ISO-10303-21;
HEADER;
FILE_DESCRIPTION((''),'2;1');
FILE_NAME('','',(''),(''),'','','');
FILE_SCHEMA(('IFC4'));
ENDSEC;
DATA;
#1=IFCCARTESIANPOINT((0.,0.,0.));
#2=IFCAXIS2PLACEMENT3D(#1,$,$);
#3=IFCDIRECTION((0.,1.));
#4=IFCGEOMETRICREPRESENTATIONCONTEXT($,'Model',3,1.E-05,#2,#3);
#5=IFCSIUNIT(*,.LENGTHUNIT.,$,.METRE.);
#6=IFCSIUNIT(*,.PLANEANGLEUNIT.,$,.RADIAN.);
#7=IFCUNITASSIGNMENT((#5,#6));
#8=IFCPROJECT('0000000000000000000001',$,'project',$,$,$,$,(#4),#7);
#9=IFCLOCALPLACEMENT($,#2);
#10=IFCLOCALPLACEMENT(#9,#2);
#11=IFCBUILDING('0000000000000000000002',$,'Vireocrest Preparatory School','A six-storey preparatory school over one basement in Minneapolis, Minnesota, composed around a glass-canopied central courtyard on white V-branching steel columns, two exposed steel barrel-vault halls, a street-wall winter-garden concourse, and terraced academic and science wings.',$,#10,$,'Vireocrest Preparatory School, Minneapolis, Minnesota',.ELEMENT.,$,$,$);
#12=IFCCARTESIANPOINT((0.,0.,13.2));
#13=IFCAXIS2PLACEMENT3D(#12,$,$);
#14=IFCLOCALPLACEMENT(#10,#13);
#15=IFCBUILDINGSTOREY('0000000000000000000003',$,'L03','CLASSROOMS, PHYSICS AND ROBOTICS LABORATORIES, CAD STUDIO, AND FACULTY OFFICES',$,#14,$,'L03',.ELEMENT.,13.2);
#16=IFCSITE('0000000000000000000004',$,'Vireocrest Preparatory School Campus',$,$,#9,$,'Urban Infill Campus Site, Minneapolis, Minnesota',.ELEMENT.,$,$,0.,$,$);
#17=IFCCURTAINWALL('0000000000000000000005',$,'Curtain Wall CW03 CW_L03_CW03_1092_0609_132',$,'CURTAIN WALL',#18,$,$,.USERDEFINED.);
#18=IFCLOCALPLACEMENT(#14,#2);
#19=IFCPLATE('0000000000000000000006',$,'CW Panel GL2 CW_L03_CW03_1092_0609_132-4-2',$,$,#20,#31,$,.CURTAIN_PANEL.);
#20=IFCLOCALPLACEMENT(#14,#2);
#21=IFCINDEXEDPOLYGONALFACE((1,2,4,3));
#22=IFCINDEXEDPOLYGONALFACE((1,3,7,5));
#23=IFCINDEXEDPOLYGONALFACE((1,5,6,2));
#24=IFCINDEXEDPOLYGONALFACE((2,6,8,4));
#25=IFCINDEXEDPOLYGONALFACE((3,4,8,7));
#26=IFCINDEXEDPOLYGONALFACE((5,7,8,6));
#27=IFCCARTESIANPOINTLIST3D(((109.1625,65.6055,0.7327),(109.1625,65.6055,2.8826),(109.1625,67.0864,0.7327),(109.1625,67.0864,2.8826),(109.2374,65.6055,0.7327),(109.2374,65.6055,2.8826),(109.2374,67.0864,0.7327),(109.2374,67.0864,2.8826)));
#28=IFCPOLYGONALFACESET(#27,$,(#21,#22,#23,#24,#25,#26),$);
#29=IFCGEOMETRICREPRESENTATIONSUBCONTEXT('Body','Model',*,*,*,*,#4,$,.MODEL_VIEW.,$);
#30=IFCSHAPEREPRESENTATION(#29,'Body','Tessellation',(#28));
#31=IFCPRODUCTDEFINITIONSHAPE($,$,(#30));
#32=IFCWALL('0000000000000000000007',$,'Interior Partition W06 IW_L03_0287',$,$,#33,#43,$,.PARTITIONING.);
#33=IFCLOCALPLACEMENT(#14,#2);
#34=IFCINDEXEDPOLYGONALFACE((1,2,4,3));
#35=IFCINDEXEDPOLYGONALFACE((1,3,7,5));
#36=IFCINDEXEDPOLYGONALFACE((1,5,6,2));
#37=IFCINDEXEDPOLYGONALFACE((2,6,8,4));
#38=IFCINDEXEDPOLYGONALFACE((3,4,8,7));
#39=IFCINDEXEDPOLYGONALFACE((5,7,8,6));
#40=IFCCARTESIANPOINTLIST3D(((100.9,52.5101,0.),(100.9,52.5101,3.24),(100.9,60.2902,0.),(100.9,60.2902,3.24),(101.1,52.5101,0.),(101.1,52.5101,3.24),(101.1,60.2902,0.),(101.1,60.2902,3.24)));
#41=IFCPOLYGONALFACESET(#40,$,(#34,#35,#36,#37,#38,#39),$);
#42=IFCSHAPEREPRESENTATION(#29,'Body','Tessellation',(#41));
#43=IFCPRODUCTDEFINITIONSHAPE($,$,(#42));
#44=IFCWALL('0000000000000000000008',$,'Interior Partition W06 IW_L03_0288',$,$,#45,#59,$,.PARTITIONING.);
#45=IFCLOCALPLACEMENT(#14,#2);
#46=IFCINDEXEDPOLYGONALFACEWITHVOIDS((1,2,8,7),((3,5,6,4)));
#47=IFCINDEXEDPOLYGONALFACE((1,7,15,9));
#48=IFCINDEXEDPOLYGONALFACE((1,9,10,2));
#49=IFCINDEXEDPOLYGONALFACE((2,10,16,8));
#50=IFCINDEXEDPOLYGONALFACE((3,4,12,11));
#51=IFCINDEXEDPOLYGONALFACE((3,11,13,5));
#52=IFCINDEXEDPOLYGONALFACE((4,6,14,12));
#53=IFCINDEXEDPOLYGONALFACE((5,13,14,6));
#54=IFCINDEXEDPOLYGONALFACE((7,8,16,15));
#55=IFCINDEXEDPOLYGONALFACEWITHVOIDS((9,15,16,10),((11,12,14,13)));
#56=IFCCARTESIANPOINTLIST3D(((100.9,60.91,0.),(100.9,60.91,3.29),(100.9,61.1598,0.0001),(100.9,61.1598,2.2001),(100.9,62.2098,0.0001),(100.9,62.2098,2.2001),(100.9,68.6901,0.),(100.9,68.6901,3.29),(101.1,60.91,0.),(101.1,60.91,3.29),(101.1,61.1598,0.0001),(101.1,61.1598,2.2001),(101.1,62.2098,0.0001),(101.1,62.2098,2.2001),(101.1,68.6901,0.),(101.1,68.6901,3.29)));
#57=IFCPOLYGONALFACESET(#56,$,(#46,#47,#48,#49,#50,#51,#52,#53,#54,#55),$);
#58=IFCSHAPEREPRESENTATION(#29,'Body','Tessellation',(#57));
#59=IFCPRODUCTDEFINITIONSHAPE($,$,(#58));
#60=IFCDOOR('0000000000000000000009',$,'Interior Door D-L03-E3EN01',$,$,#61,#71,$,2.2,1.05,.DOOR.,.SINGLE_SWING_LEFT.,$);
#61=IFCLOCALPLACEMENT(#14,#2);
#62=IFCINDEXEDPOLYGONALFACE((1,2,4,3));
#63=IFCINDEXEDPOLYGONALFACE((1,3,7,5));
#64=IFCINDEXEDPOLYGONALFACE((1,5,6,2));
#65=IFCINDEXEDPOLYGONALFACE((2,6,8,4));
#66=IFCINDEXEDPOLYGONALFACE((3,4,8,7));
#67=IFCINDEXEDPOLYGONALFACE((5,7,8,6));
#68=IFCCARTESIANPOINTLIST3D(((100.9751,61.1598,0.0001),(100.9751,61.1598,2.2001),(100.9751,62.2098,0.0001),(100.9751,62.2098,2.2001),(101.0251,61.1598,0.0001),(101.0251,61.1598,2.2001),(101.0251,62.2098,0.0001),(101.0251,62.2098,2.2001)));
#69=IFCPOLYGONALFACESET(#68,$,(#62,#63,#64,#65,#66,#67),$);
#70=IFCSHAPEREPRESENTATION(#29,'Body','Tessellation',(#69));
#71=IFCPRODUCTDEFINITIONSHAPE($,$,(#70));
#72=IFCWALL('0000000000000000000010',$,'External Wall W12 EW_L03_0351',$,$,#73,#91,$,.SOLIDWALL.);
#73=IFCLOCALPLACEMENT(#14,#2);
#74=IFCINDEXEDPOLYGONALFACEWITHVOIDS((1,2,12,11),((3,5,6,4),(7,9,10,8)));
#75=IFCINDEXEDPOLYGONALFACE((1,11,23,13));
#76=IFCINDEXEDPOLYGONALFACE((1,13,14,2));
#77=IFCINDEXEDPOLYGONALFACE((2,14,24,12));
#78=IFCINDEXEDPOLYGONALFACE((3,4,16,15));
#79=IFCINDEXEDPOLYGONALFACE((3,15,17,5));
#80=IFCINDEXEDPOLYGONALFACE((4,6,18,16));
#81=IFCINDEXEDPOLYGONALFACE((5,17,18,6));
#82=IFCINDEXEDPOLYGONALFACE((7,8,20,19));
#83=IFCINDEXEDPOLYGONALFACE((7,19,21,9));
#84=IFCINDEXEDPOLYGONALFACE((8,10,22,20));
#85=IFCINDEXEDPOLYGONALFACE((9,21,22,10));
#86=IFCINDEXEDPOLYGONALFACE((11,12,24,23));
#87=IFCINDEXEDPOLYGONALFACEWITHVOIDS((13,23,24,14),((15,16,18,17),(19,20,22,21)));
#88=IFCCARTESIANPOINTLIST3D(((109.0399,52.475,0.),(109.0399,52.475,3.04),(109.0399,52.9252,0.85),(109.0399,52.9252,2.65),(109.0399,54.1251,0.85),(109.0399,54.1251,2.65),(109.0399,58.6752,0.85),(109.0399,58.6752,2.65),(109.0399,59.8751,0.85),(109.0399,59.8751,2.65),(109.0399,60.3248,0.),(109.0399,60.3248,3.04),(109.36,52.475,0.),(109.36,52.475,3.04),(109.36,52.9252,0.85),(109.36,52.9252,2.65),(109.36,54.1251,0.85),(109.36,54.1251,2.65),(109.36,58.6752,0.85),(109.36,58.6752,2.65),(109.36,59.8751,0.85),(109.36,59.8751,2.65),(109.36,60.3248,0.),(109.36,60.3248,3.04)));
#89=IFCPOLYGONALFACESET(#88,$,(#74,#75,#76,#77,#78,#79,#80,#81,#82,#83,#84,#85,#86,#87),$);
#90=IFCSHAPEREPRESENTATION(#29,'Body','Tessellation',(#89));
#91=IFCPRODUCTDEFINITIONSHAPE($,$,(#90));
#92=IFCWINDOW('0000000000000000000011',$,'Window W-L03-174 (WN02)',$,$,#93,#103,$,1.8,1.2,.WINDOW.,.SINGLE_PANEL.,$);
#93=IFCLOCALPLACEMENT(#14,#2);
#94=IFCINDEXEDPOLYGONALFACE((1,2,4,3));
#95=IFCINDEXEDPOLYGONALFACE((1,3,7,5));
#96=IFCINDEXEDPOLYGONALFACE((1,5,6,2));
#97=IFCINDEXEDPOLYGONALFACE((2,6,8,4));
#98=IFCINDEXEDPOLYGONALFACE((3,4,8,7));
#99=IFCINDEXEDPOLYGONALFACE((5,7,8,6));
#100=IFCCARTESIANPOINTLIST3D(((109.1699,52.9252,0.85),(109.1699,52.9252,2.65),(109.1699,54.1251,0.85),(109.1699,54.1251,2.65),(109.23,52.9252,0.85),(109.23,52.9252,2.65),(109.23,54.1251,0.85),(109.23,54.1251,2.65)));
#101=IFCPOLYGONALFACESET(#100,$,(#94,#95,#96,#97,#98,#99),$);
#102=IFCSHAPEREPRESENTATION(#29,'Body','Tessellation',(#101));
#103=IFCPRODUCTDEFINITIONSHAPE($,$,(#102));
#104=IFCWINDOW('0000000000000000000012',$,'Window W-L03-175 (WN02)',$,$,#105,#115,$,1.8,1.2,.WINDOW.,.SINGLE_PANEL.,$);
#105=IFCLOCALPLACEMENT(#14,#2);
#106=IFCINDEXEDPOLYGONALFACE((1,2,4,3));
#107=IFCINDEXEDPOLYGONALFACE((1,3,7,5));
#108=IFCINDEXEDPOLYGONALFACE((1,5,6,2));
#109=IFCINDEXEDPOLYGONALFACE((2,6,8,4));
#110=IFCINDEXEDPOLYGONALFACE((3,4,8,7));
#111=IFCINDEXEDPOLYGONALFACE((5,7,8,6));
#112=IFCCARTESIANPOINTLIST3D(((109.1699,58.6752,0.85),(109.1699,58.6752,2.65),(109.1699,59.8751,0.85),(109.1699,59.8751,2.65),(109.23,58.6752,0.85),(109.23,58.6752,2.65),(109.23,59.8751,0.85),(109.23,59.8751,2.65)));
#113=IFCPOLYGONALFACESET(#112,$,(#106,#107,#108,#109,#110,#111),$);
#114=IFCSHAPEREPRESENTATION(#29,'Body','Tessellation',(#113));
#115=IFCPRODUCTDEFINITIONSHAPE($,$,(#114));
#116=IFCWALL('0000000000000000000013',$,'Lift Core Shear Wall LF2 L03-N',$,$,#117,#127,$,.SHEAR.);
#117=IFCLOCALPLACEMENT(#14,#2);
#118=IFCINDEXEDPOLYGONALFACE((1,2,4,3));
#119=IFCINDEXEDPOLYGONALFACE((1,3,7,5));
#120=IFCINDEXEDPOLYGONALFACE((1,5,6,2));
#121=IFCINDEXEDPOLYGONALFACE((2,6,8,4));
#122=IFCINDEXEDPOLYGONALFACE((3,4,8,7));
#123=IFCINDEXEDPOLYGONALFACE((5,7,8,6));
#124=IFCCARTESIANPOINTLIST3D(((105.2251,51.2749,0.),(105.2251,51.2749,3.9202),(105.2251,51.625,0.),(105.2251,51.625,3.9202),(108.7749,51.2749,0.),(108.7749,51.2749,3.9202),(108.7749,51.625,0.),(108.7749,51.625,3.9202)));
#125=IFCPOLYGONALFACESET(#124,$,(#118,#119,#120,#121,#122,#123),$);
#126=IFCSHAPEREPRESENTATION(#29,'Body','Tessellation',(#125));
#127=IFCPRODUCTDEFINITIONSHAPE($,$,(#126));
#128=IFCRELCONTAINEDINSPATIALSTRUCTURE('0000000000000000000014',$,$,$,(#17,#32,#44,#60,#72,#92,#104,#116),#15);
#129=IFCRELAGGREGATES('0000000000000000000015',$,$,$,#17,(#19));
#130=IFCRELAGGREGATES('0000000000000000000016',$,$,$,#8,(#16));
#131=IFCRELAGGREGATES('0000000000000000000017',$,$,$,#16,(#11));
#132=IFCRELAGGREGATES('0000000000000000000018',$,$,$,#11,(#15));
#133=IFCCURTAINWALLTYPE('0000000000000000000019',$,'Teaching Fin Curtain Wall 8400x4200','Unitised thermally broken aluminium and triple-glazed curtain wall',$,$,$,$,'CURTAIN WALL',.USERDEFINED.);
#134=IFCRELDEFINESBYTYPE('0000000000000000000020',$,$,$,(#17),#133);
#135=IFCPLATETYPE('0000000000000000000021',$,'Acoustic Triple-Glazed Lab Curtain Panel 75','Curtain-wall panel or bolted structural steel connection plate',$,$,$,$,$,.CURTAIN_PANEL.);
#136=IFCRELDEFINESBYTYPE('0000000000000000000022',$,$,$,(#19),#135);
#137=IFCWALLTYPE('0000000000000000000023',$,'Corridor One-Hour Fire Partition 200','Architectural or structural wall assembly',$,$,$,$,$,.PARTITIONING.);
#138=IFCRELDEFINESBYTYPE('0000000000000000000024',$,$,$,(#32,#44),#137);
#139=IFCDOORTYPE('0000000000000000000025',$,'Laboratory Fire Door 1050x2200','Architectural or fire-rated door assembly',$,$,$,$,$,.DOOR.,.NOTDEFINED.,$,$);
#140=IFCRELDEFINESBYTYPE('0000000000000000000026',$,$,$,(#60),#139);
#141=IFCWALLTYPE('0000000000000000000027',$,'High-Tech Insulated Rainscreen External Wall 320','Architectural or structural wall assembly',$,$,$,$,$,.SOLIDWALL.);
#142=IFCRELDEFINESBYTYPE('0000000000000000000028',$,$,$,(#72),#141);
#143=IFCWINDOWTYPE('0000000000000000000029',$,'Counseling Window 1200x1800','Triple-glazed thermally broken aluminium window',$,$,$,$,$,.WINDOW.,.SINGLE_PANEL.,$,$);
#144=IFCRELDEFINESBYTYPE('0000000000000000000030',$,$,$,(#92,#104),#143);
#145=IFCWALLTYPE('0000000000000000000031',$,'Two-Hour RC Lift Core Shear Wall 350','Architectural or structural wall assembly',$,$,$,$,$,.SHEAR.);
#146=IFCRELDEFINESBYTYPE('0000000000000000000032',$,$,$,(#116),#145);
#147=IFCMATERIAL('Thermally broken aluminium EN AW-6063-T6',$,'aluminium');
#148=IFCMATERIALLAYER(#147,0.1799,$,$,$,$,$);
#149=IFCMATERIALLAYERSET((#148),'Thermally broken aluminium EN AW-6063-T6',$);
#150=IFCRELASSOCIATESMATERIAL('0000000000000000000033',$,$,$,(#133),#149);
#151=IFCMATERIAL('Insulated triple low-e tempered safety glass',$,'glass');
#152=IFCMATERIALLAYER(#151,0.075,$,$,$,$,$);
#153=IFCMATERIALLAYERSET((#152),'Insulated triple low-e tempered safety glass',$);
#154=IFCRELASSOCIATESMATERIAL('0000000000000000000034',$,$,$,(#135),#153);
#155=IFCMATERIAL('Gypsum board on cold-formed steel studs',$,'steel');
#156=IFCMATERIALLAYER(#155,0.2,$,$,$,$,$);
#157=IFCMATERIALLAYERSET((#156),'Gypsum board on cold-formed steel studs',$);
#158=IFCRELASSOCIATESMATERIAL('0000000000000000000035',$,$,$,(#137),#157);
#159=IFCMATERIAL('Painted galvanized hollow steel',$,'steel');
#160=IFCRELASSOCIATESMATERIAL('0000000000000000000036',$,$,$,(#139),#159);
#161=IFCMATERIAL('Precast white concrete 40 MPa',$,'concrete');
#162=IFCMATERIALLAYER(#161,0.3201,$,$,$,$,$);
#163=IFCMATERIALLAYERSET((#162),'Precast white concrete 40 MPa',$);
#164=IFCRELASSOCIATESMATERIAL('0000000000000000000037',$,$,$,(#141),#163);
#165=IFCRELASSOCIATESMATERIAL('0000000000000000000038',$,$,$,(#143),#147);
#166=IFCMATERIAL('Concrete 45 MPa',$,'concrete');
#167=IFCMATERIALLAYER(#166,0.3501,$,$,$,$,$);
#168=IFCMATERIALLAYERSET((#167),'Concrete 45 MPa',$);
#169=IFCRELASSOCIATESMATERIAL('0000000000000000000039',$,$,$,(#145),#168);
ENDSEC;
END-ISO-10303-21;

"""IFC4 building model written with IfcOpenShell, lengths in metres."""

from ifc_helpers import new_model, si_unit, direction, frame, frame_2d, origin, origin_2d, place, context, subcontext, project, spatial, rectangle, extrude, material, layer, layer_set, type_object, element, fill, aggregate, save


model = new_model("IFC4")

# Units and contexts
model_context = context("Model", 3, precision=1e-05, world=origin(), true_north=direction((0.0, 1.0)))
body_context = subcontext(model_context, "Body", "Model", "MODEL_VIEW")
ifc_project = project(units=[si_unit("LENGTHUNIT", "METRE"), si_unit("PLANEANGLEUNIT", "RADIAN")], contexts=[model_context])

# Site, building, storey
site_placement = place(None, origin())
site = spatial("IfcSite", under=ifc_project, at=site_placement, Name="Vireocrest Preparatory School Campus", LongName="Urban Infill Campus Site, Minneapolis, Minnesota", CompositionType="ELEMENT", RefElevation=0.0)
building_placement = place(site_placement, origin())
building = spatial("IfcBuilding", under=site, at=building_placement, Name="Vireocrest Preparatory School", Description="A six-storey preparatory school over one basement in Minneapolis, Minnesota, composed around a glass-canopied central courtyard on white V-branching steel columns, two exposed steel barrel-vault halls, a street-wall winter-garden concourse, and terraced academic and science wings.", LongName="Vireocrest Preparatory School, Minneapolis, Minnesota", CompositionType="ELEMENT")
storey_placement = place(building_placement, frame((0.0, 0.0, 13.2)))
storey = spatial("IfcBuildingStorey", under=building, at=storey_placement, Name="L03", Description="CLASSROOMS, PHYSICS AND ROBOTICS LABORATORIES, CAD STUDIO, AND FACULTY OFFICES", LongName="L03", CompositionType="ELEMENT", Elevation=13.2)

# Shared definitions
ifc_material_1 = material(Name="Concrete 45 MPa", Category="concrete")

# Shared definitions
ifc_material_2 = material(Name="Thermally broken aluminium EN AW-6063-T6", Category="aluminium")
ifc_layer_1 = layer(ifc_material_2, 0.1799)
ifc_layer_set_1 = layer_set([ifc_layer_1], Name="Thermally broken aluminium EN AW-6063-T6")
curtain_wall_type = type_object("IfcCurtainWallType", Name="Teaching Fin Curtain Wall 8400x4200", Description="Unitised thermally broken aluminium and triple-glazed curtain wall", ElementType="CURTAIN WALL", PredefinedType="USERDEFINED", material=ifc_layer_set_1)

# Curtain wall
curtain_wall_1_placement = place(storey_placement, origin())
curtain_wall_1 = element("IfcCurtainWall", 1, at=curtain_wall_1_placement, inside=storey, type_object=curtain_wall_type, Name="Curtain Wall CW03 CW_L03_CW03_1092_0609_132", ObjectType="CURTAIN WALL", PredefinedType="USERDEFINED")

# Plate
ifc_material_3 = material(Name="Insulated triple low-e tempered safety glass", Category="glass")
ifc_layer_2 = layer(ifc_material_3, 0.075)
ifc_layer_set_2 = layer_set([ifc_layer_2], Name="Insulated triple low-e tempered safety glass")
plate_type = type_object("IfcPlateType", Name="Acoustic Triple-Glazed Lab Curtain Panel 75", Description="Curtain-wall panel or bolted structural steel connection plate", PredefinedType="CURTAIN_PANEL", material=ifc_layer_set_2)
plate_1_placement = place(storey_placement, frame((109.2, 66.3459, 0.7327), z_axis=(0.0, 0.0, 1.0), x_axis=(0.0, 1.0, 0.0)))
plate_1 = element("IfcPlate", 2, at=plate_1_placement, type_object=plate_type, Name="CW Panel GL2 CW_L03_CW03_1092_0609_132-4-2", PredefinedType="CURTAIN_PANEL", context=body_context, shape_type="SweptSolid", body=[
    extrude(rectangle(XDim=1.481, YDim=0.075, at=origin_2d()), origin(), (0.0, 0.0, 1.0), 2.1499),
])
aggregate(curtain_wall_1, [plate_1])

# Wall
ifc_material_4 = material(Name="Gypsum board on cold-formed steel studs", Category="steel")
ifc_layer_3 = layer(ifc_material_4, 0.2)
ifc_layer_set_3 = layer_set([ifc_layer_3], Name="Gypsum board on cold-formed steel studs")
wall_type_1 = type_object("IfcWallType", Name="Corridor One-Hour Fire Partition 200", Description="Architectural or structural wall assembly", PredefinedType="PARTITIONING", material=ifc_layer_set_3)
wall_1_placement = place(storey_placement, frame((101.0, 52.51, 0.0), z_axis=(0.0, 0.0, 1.0), x_axis=(0.0, 1.0, 0.0)))
element("IfcWall", 3, at=wall_1_placement, inside=storey, type_object=wall_type_1, Name="Interior Partition W06 IW_L03_0287", PredefinedType="PARTITIONING", context=body_context, shape_type="SweptSolid", body=[
    extrude(rectangle(XDim=7.78, YDim=0.2, at=frame_2d((3.8901, 0.0))), origin(), (0.0, 0.0, 1.0), 3.24),
])

# Wall, opening, door
wall_2_placement = place(storey_placement, frame((101.0, 60.9099, 0.0), z_axis=(0.0, 0.0, 1.0), x_axis=(0.0, 1.0, 0.0)))
wall_2 = element("IfcWall", 4, at=wall_2_placement, inside=storey, type_object=wall_type_1, Name="Interior Partition W06 IW_L03_0288", PredefinedType="PARTITIONING", context=body_context, shape_type="SweptSolid", body=[
    extrude(rectangle(XDim=7.78, YDim=0.2, at=frame_2d((3.8901, 0.0))), origin(), (0.0, 0.0, 1.0), 3.29),
])
opening_1_placement = place(wall_2_placement, frame((0.25, 0.0, 0.0)))
opening_1 = element("IfcOpeningElement", 5, at=opening_1_placement, cuts=wall_2, PredefinedType="OPENING", context=body_context, shape_type="SweptSolid", body=[
    extrude(rectangle(XDim=1.05, YDim=2.2, at=frame_2d((0.5249, 1.1001))), frame((0.0, 0.1099, 0.0), z_axis=(0.0, -1.0, 0.0), x_axis=(1.0, 0.0, 0.0)), (0.0, 0.0, 1.0), 0.22),
])
ifc_material_5 = material(Name="Painted galvanized hollow steel", Category="steel")
door_type = type_object("IfcDoorType", Name="Laboratory Fire Door 1050x2200", Description="Architectural or fire-rated door assembly", OperationType="NOTDEFINED", PredefinedType="DOOR", material=ifc_material_5)
door_placement = place(opening_1_placement, origin())
door = element("IfcDoor", 6, at=door_placement, inside=storey, type_object=door_type, Name="Interior Door D-L03-E3EN01", OperationType="SINGLE_SWING_LEFT", OverallHeight=2.2, OverallWidth=1.05, PredefinedType="DOOR", context=body_context, shape_type="SweptSolid", body=[
    extrude(rectangle(XDim=1.05, YDim=2.2, at=frame_2d((0.5249, 1.1001))), frame((0.0, 0.0249, 0.0), z_axis=(0.0, -1.0, 0.0), x_axis=(1.0, 0.0, 0.0)), (0.0, 0.0, 1.0), 0.05),
])
fill(opening_1, door)

# Wall, openings, windows
ifc_material_6 = material(Name="Precast white concrete 40 MPa", Category="concrete")
ifc_layer_4 = layer(ifc_material_6, 0.3201)
ifc_layer_set_4 = layer_set([ifc_layer_4], Name="Precast white concrete 40 MPa")
wall_type_2 = type_object("IfcWallType", Name="High-Tech Insulated Rainscreen External Wall 320", Description="Architectural or structural wall assembly", PredefinedType="SOLIDWALL", material=ifc_layer_set_4)
wall_3_placement = place(storey_placement, frame((109.2, 52.4751, 0.0), z_axis=(0.0, 0.0, 1.0), x_axis=(0.0, 1.0, 0.0)))
wall_3 = element("IfcWall", 7, at=wall_3_placement, inside=storey, type_object=wall_type_2, Name="External Wall W12 EW_L03_0351", PredefinedType="SOLIDWALL", context=body_context, shape_type="SweptSolid", body=[
    extrude(rectangle(XDim=7.8499, YDim=0.3201, at=frame_2d((3.9248, 0.0))), origin(), (0.0, 0.0, 1.0), 3.04),
])
opening_2_placement = place(wall_3_placement, frame((0.45, 0.0, 0.8501)))
opening_2 = element("IfcOpeningElement", 8, at=opening_2_placement, cuts=wall_3, PredefinedType="OPENING", context=body_context, shape_type="SweptSolid", body=[
    extrude(rectangle(XDim=1.2, YDim=1.8, at=frame_2d((0.6001, 0.8999))), frame((0.0, 0.1699, 0.0), z_axis=(0.0, -1.0, 0.0), x_axis=(1.0, 0.0, 0.0)), (0.0, 0.0, 1.0), 0.3401),
])
opening_3_placement = place(wall_3_placement, frame((6.2, 0.0, 0.8501)))
opening_3 = element("IfcOpeningElement", 9, at=opening_3_placement, cuts=wall_3, PredefinedType="OPENING", context=body_context, shape_type="SweptSolid", body=[
    extrude(rectangle(XDim=1.2, YDim=1.8, at=frame_2d((0.6001, 0.8999))), frame((0.0, 0.1699, 0.0), z_axis=(0.0, -1.0, 0.0), x_axis=(1.0, 0.0, 0.0)), (0.0, 0.0, 1.0), 0.3401),
])
window_type = type_object("IfcWindowType", Name="Counseling Window 1200x1800", Description="Triple-glazed thermally broken aluminium window", PartitioningType="SINGLE_PANEL", PredefinedType="WINDOW", material=ifc_material_2)
window_1_placement = place(opening_2_placement, origin())
window_1 = element("IfcWindow", 10, at=window_1_placement, inside=storey, type_object=window_type, Name="Window W-L03-174 (WN02)", OverallHeight=1.8, OverallWidth=1.2, PartitioningType="SINGLE_PANEL", PredefinedType="WINDOW", context=body_context, shape_type="SweptSolid", body=[
    extrude(rectangle(XDim=1.2, YDim=1.8, at=frame_2d((0.6001, 0.8999))), frame((0.0, 0.03, 0.0), z_axis=(0.0, -1.0, 0.0), x_axis=(1.0, 0.0, 0.0)), (0.0, 0.0, 1.0), 0.0601),
])
fill(opening_2, window_1)
window_2_placement = place(opening_3_placement, origin())
window_2 = element("IfcWindow", 11, at=window_2_placement, inside=storey, type_object=window_type, Name="Window W-L03-175 (WN02)", OverallHeight=1.8, OverallWidth=1.2, PartitioningType="SINGLE_PANEL", PredefinedType="WINDOW", context=body_context, shape_type="SweptSolid", body=[
    extrude(rectangle(XDim=1.2, YDim=1.8, at=frame_2d((0.6001, 0.8999))), frame((0.0, 0.03, 0.0), z_axis=(0.0, -1.0, 0.0), x_axis=(1.0, 0.0, 0.0)), (0.0, 0.0, 1.0), 0.0601),
])
fill(opening_3, window_2)

# Wall
ifc_layer_5 = layer(ifc_material_1, 0.3501)
ifc_layer_set_5 = layer_set([ifc_layer_5], Name="Concrete 45 MPa")
wall_type_3 = type_object("IfcWallType", Name="Two-Hour RC Lift Core Shear Wall 350", Description="Architectural or structural wall assembly", PredefinedType="SHEAR", material=ifc_layer_set_5)
wall_4_placement = place(storey_placement, frame((105.2251, 51.45, 0.0), z_axis=(0.0, 0.0, 1.0), x_axis=(1.0, 0.0, 0.0)))
element("IfcWall", 12, at=wall_4_placement, inside=storey, type_object=wall_type_3, Name="Lift Core Shear Wall LF2 L03-N", PredefinedType="SHEAR", context=body_context, shape_type="SweptSolid", body=[
    extrude(rectangle(XDim=3.5498, YDim=0.3501, at=frame_2d((1.7749, 0.0))), origin(), (0.0, 0.0, 1.0), 3.9202),
])

save(model, "model.ifc")
